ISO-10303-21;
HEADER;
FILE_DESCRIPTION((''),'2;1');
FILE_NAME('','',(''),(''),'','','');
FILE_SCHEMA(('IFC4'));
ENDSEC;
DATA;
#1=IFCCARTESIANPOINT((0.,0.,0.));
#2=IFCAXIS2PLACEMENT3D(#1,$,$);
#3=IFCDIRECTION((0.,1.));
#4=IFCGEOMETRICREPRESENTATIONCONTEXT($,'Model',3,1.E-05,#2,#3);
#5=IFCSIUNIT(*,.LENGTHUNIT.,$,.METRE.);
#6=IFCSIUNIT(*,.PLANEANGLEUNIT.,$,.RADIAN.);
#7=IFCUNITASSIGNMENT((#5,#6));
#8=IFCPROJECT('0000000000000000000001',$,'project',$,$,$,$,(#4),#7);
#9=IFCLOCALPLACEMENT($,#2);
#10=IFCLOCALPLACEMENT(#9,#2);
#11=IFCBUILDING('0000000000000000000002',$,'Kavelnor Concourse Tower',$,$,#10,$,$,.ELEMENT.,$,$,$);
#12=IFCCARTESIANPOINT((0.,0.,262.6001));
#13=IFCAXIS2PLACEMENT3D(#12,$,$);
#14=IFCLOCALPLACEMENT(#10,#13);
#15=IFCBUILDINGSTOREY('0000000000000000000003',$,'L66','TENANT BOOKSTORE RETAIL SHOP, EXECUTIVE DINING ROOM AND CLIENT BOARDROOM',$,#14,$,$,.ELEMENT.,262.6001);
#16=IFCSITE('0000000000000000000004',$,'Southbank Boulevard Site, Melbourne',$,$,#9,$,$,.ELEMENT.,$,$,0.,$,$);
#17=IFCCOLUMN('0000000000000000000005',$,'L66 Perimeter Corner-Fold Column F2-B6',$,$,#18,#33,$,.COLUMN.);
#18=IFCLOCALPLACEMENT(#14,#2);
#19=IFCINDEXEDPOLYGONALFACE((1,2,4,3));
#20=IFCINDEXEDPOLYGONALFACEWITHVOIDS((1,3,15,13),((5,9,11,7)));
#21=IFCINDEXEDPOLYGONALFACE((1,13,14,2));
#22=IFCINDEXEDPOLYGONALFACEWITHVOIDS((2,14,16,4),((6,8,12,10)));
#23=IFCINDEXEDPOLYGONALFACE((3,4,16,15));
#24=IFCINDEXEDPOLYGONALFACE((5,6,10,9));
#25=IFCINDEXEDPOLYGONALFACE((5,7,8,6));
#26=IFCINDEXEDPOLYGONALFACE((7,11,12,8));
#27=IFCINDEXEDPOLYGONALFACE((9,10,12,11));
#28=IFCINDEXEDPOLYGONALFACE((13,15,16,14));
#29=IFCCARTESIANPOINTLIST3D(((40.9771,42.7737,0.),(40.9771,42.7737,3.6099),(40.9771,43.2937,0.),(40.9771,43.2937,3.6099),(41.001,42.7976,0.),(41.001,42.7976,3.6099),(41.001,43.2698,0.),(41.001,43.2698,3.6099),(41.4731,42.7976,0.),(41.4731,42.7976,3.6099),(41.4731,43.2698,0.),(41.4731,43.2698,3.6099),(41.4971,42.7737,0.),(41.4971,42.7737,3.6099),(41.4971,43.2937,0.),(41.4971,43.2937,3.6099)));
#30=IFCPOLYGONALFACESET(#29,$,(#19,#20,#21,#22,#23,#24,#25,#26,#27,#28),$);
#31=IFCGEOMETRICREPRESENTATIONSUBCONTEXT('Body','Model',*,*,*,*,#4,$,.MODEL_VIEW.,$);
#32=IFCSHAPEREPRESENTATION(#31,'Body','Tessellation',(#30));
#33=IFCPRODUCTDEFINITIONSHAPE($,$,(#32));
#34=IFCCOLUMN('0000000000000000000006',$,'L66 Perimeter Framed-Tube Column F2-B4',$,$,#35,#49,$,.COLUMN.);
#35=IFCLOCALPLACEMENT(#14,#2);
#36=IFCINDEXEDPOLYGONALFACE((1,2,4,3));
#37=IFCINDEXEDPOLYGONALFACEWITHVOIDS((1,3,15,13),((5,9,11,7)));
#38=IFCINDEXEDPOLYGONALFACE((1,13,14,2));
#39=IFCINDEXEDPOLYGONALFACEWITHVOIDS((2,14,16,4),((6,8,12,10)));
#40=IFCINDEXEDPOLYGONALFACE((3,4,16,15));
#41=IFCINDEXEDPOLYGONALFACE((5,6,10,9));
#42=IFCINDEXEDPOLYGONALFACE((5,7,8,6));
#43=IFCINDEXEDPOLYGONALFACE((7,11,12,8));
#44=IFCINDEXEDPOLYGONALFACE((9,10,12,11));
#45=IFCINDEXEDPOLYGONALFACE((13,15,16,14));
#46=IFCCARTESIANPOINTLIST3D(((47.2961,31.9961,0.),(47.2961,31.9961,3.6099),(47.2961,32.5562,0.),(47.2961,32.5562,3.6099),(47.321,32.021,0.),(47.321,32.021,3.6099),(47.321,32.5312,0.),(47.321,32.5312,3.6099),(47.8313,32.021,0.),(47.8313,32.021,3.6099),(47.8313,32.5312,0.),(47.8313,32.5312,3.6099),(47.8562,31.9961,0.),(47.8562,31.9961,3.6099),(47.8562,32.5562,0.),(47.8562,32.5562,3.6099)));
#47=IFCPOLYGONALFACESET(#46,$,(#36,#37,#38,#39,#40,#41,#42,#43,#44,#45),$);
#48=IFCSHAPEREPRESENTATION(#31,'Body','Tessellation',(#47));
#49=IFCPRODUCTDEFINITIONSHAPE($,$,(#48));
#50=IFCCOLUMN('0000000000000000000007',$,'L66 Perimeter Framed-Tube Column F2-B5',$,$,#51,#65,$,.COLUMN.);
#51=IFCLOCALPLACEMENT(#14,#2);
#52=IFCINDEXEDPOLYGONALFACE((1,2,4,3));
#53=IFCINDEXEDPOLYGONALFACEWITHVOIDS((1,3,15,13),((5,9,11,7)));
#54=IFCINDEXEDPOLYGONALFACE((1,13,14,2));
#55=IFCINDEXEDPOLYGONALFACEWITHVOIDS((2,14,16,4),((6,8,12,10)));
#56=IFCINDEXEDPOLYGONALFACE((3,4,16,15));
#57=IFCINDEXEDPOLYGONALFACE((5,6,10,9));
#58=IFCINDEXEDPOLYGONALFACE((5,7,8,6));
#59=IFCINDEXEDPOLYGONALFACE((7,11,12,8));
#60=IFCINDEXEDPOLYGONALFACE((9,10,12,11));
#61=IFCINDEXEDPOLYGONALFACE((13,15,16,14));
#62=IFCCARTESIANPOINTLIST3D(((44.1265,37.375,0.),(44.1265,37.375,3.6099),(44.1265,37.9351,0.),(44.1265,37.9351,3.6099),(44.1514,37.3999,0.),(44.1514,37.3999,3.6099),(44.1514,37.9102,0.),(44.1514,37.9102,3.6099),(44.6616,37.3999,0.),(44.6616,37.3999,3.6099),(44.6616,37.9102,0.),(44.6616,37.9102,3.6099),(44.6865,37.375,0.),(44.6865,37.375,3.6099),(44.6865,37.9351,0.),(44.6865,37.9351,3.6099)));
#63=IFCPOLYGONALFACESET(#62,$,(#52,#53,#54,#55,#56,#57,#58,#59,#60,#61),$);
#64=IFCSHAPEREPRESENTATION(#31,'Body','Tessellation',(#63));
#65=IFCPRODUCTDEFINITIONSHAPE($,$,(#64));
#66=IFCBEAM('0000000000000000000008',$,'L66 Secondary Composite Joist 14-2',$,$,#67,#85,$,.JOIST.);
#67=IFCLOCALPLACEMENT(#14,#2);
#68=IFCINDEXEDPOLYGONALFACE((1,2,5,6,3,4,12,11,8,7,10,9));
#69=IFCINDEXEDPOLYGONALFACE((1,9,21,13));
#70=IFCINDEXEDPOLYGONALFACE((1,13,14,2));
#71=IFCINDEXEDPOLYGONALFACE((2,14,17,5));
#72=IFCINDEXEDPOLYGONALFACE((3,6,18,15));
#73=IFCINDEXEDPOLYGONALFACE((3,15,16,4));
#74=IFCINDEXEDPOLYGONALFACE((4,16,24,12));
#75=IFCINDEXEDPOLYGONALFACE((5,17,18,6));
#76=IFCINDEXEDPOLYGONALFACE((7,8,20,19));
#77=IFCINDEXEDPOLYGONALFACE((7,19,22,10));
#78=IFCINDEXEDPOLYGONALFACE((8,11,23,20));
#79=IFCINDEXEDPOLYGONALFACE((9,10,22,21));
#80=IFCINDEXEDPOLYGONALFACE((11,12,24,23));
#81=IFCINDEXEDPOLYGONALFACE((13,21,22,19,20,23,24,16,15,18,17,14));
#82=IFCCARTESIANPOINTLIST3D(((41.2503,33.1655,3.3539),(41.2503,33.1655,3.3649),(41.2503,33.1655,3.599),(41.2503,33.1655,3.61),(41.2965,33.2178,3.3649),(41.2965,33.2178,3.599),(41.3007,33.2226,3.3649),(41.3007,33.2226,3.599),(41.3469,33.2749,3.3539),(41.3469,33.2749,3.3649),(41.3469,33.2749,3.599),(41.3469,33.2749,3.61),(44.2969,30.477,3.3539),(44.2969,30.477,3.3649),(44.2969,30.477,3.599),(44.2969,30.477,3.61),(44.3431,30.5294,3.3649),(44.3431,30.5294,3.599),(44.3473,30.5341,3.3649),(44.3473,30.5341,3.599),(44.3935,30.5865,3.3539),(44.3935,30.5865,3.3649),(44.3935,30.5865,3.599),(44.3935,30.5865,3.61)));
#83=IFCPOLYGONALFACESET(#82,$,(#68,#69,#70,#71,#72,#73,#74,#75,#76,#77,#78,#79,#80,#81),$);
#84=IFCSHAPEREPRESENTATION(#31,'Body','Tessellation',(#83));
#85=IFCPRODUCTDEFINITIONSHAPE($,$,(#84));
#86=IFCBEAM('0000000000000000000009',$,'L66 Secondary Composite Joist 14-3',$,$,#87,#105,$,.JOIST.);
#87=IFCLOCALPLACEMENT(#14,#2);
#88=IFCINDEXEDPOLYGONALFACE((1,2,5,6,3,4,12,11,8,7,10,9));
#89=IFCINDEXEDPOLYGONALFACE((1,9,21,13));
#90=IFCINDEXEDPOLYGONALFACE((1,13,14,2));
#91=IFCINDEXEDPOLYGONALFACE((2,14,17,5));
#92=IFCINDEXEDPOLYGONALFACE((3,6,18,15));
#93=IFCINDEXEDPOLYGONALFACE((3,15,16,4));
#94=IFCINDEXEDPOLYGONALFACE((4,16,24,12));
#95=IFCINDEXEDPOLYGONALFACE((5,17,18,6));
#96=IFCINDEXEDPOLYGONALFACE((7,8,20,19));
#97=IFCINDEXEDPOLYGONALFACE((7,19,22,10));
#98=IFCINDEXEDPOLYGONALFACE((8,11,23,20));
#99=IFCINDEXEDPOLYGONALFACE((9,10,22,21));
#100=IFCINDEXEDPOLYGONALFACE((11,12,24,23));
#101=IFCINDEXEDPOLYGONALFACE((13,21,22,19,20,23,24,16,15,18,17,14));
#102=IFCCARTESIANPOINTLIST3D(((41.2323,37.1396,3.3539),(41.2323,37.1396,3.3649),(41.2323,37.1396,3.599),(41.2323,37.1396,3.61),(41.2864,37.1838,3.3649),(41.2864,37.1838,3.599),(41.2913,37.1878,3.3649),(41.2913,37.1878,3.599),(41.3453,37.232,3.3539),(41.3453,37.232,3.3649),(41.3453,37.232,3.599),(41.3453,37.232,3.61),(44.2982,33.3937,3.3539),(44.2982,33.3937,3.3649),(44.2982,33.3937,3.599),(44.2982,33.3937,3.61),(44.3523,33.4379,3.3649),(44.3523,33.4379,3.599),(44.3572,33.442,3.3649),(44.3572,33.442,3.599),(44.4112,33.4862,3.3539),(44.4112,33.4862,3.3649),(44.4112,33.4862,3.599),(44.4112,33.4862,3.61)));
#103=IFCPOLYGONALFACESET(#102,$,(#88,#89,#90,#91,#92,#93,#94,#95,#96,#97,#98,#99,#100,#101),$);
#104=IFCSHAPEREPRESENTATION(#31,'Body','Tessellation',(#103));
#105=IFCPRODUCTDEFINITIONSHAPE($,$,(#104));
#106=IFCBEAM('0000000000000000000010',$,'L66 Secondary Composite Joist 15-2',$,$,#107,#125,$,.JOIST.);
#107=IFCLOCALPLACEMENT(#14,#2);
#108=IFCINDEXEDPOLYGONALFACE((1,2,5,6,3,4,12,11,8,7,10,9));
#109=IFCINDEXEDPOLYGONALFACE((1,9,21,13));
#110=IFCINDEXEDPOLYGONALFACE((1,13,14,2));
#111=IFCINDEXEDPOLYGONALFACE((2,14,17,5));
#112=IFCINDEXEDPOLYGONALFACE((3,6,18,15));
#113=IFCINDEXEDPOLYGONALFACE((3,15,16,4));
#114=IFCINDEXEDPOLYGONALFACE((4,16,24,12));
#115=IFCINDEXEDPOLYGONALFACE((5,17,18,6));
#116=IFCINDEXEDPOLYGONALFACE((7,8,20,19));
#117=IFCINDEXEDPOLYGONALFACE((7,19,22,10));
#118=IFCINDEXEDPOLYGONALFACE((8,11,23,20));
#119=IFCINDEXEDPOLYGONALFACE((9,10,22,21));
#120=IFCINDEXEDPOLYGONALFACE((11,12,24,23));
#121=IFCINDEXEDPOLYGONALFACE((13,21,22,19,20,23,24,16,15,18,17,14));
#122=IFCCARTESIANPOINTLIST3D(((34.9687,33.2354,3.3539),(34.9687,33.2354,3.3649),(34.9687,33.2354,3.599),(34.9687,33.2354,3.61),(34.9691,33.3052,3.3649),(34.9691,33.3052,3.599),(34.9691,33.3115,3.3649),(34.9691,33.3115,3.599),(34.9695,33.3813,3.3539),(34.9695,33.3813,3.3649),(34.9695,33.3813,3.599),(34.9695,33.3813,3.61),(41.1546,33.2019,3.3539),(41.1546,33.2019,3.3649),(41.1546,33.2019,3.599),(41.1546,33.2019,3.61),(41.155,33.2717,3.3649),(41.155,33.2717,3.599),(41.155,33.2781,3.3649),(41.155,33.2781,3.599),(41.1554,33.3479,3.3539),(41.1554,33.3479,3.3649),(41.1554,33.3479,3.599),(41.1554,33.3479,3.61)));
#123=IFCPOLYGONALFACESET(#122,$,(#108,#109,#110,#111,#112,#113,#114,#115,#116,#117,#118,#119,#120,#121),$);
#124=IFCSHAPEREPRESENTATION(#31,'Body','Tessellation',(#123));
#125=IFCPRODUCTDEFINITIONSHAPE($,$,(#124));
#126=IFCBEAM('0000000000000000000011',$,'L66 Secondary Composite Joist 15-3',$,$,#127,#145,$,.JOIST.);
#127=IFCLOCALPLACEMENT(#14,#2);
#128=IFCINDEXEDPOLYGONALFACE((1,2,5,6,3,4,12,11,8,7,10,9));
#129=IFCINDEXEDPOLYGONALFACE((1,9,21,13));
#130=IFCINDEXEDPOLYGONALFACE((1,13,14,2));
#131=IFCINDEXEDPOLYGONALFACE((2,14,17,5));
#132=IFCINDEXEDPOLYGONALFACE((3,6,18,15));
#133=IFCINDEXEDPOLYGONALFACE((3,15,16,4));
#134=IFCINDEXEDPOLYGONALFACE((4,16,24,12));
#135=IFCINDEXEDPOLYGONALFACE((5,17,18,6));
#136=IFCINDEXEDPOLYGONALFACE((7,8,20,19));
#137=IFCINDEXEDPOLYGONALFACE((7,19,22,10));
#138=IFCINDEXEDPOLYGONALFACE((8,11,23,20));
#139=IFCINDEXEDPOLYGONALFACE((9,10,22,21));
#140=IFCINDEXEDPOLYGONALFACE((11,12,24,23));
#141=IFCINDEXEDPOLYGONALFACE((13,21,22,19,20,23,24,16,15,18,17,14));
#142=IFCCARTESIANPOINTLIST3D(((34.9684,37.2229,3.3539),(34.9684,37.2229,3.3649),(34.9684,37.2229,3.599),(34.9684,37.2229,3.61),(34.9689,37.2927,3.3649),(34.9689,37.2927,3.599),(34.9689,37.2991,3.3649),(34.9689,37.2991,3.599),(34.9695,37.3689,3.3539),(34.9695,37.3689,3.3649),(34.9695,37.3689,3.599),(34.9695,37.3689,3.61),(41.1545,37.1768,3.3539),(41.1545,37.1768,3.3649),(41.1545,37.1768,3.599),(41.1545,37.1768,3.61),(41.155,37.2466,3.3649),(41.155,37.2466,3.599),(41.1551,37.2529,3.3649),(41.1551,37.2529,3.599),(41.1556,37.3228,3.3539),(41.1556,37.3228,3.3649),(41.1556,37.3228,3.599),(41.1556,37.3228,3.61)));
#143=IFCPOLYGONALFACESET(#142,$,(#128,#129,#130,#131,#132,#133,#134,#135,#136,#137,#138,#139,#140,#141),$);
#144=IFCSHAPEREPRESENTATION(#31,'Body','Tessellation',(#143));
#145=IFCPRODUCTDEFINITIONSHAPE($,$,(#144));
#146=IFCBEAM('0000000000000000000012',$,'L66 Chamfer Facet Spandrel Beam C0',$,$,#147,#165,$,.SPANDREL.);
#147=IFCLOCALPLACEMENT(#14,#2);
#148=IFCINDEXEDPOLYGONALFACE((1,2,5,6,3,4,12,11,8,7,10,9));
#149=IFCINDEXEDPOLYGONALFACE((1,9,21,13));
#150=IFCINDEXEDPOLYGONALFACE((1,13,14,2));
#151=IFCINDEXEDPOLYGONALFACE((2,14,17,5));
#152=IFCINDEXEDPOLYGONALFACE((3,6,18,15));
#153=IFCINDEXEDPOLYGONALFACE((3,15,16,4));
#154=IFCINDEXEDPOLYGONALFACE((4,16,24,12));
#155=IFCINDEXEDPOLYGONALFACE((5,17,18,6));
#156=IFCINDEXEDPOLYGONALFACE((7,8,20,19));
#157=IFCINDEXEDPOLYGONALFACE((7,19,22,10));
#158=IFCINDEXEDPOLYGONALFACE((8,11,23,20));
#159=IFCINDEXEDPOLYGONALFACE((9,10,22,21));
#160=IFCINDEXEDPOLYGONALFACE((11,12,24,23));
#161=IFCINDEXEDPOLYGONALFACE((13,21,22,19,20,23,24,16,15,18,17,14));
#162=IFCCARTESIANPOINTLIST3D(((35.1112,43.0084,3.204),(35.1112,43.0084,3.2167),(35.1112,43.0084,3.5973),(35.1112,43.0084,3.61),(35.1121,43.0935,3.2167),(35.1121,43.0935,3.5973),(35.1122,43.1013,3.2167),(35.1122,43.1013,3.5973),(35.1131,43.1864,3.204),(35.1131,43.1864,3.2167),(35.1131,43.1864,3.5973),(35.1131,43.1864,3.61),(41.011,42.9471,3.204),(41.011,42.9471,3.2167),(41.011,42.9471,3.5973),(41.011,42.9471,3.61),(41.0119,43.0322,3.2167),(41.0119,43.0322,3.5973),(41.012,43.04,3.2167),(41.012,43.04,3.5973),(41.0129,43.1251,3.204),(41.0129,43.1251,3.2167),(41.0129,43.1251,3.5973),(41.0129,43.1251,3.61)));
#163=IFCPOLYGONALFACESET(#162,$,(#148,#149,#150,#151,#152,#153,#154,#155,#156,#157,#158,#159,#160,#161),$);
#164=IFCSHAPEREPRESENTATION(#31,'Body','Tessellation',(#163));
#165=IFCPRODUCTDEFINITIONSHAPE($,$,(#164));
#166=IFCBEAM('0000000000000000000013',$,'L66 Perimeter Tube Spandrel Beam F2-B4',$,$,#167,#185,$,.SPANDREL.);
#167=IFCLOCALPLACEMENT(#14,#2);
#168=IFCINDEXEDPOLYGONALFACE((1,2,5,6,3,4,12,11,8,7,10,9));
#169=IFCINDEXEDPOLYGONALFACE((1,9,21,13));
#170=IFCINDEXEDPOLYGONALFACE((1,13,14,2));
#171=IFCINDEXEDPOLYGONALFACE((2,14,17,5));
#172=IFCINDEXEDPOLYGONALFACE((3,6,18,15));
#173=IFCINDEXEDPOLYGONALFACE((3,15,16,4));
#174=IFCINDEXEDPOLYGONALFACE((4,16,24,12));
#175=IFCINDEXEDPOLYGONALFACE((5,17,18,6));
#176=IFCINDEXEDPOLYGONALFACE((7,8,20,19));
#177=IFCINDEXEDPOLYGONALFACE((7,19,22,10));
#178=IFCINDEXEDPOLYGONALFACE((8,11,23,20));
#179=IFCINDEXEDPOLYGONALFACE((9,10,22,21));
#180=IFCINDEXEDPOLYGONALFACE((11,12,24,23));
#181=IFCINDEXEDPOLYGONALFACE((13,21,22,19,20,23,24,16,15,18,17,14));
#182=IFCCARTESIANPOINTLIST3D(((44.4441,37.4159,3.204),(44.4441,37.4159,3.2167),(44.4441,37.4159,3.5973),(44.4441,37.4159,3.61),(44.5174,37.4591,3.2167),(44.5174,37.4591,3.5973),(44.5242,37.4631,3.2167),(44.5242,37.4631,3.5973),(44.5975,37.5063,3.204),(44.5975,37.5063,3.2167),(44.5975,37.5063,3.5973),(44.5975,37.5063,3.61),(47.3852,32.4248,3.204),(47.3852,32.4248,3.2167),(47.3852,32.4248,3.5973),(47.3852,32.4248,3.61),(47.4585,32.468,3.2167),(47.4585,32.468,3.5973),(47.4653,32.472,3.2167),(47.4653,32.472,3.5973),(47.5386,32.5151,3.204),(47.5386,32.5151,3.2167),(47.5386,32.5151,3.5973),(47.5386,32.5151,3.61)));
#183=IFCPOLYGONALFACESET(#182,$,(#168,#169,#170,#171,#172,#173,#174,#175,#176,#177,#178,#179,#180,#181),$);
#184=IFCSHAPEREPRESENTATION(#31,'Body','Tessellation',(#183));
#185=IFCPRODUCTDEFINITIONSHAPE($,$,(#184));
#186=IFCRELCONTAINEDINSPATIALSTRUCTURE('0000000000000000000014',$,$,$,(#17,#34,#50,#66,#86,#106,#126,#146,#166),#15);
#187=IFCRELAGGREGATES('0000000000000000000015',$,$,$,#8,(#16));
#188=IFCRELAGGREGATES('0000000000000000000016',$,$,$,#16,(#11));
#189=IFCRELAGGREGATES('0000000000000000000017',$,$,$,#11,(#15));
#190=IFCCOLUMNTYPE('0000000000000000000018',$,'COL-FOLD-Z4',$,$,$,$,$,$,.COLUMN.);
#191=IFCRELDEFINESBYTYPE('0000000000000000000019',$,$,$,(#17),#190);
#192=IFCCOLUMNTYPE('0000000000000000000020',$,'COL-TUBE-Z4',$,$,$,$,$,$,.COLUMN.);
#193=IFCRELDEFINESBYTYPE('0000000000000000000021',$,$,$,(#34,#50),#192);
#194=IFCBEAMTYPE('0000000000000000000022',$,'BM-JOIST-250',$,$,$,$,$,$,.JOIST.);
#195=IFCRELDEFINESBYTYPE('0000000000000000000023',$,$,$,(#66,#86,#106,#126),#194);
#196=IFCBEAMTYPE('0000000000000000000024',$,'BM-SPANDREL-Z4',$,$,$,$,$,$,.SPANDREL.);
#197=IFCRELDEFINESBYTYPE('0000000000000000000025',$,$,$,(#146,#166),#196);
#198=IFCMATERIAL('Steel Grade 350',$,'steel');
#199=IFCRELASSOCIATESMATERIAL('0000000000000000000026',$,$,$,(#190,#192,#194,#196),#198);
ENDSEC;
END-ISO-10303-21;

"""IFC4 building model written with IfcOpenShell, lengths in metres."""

from ifc_helpers import new_model, si_unit, direction, frame, origin, origin_2d, place, context, subcontext, project, spatial, hollow_rectangle, i_section, extrude, material, material_profile, profile_set, type_object, element, save


model = new_model("IFC4")

# Units and contexts
model_context = context("Model", 3, precision=1e-05, world=origin(), true_north=direction((0.0, 1.0)))
body_context = subcontext(model_context, "Body", "Model", "MODEL_VIEW")
ifc_project = project(units=[si_unit("LENGTHUNIT", "METRE"), si_unit("PLANEANGLEUNIT", "RADIAN")], contexts=[model_context])

# Site, building, storey
site_placement = place(None, origin())
site = spatial("IfcSite", under=ifc_project, at=site_placement, Name="Southbank Boulevard Site, Melbourne", CompositionType="ELEMENT", RefElevation=0.0)
building_placement = place(site_placement, origin())
building = spatial("IfcBuilding", under=site, at=building_placement, Name="Kavelnor Concourse Tower", CompositionType="ELEMENT")
storey_placement = place(building_placement, frame((0.0, 0.0, 262.6001)))
storey = spatial("IfcBuildingStorey", under=building, at=storey_placement, Name="L66", Description="TENANT BOOKSTORE RETAIL SHOP, EXECUTIVE DINING ROOM AND CLIENT BOARDROOM", CompositionType="ELEMENT", Elevation=262.6001)

# Columns
ifc_material_1 = material(Name="Steel Grade 350", Category="steel")
ifc_material_profile_1 = material_profile(ifc_material_1, hollow_rectangle(XDim=0.52, YDim=0.52, WallThickness=0.0239, at=origin_2d()), Name="SHS 520x520x24")
ifc_profile_set_1 = profile_set([ifc_material_profile_1], Name="Steel Grade 350")
column_type_1 = type_object("IfcColumnType", Name="COL-FOLD-Z4", PredefinedType="COLUMN", material=ifc_profile_set_1)
column_placement = place(storey_placement, frame((41.2371, 43.0337, 0.0), z_axis=(0.0, 0.0, 1.0), x_axis=(1.0, 0.0, 0.0)))
element("IfcColumn", 1, at=column_placement, inside=storey, type_object=column_type_1, Name="L66 Perimeter Corner-Fold Column F2-B6", PredefinedType="COLUMN", context=body_context, shape_type="SweptSolid", body=[
    extrude(hollow_rectangle(XDim=0.52, YDim=0.52, WallThickness=0.0239, at=origin_2d()), origin(), (0.0, 0.0, 1.0), 3.6099),
])
ifc_material_profile_2 = material_profile(ifc_material_1, hollow_rectangle(XDim=0.5601, YDim=0.5601, WallThickness=0.0249, at=origin_2d()), Name="SHS 560x560x25")
ifc_profile_set_2 = profile_set([ifc_material_profile_2], Name="Steel Grade 350")
column_type_2 = type_object("IfcColumnType", Name="COL-TUBE-Z4", PredefinedType="COLUMN", material=ifc_profile_set_2)
for number, where, z_axis, x_axis, name in (
    (2, (47.5762, 32.2761, 0.0), (0.0, 0.0, 1.0), (1.0, 0.0, 0.0), "L66 Perimeter Framed-Tube Column F2-B4"),
    (3, (44.4065, 37.655, 0.0), (0.0, 0.0, 1.0), (1.0, 0.0, 0.0), "L66 Perimeter Framed-Tube Column F2-B5"),
):
    element("IfcColumn", number, at=place(storey_placement, frame(where, z_axis=z_axis, x_axis=x_axis)), inside=storey, type_object=column_type_2, Name=name, PredefinedType="COLUMN", context=body_context, shape_type="SweptSolid", body=[
        extrude(hollow_rectangle(XDim=0.5601, YDim=0.5601, WallThickness=0.0249, at=origin_2d()), origin(), (0.0, 0.0, 1.0), 3.6099),
    ])

# Beams
ifc_material_profile_3 = material_profile(ifc_material_1, i_section(OverallWidth=0.146, OverallDepth=0.2561, WebThickness=0.0063, FlangeThickness=0.011, at=origin_2d()), Name="250UB37")
ifc_profile_set_3 = profile_set([ifc_material_profile_3], Name="Steel Grade 350")
beam_type_1 = type_object("IfcBeamType", Name="BM-JOIST-250", PredefinedType="JOIST", material=ifc_profile_set_3)
beam_1_placement = place(storey_placement, frame((44.3452, 30.5317, 3.4819), z_axis=(-0.749805, 0.661659, 0.0), x_axis=(-0.661659, -0.749805, 0.0)))
element("IfcBeam", 4, at=beam_1_placement, inside=storey, type_object=beam_type_1, Name="L66 Secondary Composite Joist 14-2", PredefinedType="JOIST", context=body_context, shape_type="SweptSolid", body=[
    extrude(i_section(OverallWidth=0.146, OverallDepth=0.2561, WebThickness=0.0063, FlangeThickness=0.011, at=origin_2d()), origin(), (0.0, 0.0, 1.0), 4.0632),
])
beam_2_placement = place(storey_placement, frame((44.3547, 33.4399, 3.4819), z_axis=(-0.633378, 0.773843, 0.0), x_axis=(-0.773843, -0.633378, 0.0)))
element("IfcBeam", 5, at=beam_2_placement, inside=storey, type_object=beam_type_1, Name="L66 Secondary Composite Joist 14-3", PredefinedType="JOIST", context=body_context, shape_type="SweptSolid", body=[
    extrude(i_section(OverallWidth=0.146, OverallDepth=0.2561, WebThickness=0.0063, FlangeThickness=0.011, at=origin_2d()), origin(), (0.0, 0.0, 1.0), 4.8406),
])
beam_3_placement = place(storey_placement, frame((41.155, 33.2749, 3.4819), z_axis=(-0.999985, 0.005407, 0.0), x_axis=(-0.005407, -0.999985, 0.0)))
element("IfcBeam", 6, at=beam_3_placement, inside=storey, type_object=beam_type_1, Name="L66 Secondary Composite Joist 15-2", PredefinedType="JOIST", context=body_context, shape_type="SweptSolid", body=[
    extrude(i_section(OverallWidth=0.146, OverallDepth=0.2561, WebThickness=0.0063, FlangeThickness=0.011, at=origin_2d()), origin(), (0.0, 0.0, 1.0), 6.186),
])
beam_4_placement = place(storey_placement, frame((41.155, 37.2498, 3.4819), z_axis=(-0.999972, 0.007459, 0.0), x_axis=(-0.007459, -0.999972, 0.0)))
element("IfcBeam", 7, at=beam_4_placement, inside=storey, type_object=beam_type_1, Name="L66 Secondary Composite Joist 15-3", PredefinedType="JOIST", context=body_context, shape_type="SweptSolid", body=[
    extrude(i_section(OverallWidth=0.146, OverallDepth=0.2561, WebThickness=0.0063, FlangeThickness=0.011, at=origin_2d()), origin(), (0.0, 0.0, 1.0), 6.1863),
])
ifc_material_profile_4 = material_profile(ifc_material_1, i_section(OverallWidth=0.178, OverallDepth=0.406, WebThickness=0.0078, FlangeThickness=0.0127, at=origin_2d()), Name="410UB59")
ifc_profile_set_4 = profile_set([ifc_material_profile_4], Name="Steel Grade 350")
beam_type_2 = type_object("IfcBeamType", Name="BM-SPANDREL-Z4", PredefinedType="SPANDREL", material=ifc_profile_set_4)
beam_5_placement = place(storey_placement, frame((41.012, 43.0361, 3.407), z_axis=(-0.999946, 0.010386, 0.0), x_axis=(-0.010386, -0.999946, 0.0)))
element("IfcBeam", 8, at=beam_5_placement, inside=storey, type_object=beam_type_2, Name="L66 Chamfer Facet Spandrel Beam C0", PredefinedType="SPANDREL", context=body_context, shape_type="SweptSolid", body=[
    extrude(i_section(OverallWidth=0.178, OverallDepth=0.406, WebThickness=0.0078, FlangeThickness=0.0127, at=origin_2d()), origin(), (0.0, 0.0, 1.0), 5.9001),
])
for number, where, z_axis, x_axis, name in (
    (9, (47.4619, 32.47, 3.407), (-0.507681, 0.861545, 0.0), (-0.861545, -0.507681, 0.0), "L66 Perimeter Tube Spandrel Beam F2-B4"),
):
    element("IfcBeam", number, at=place(storey_placement, frame(where, z_axis=z_axis, x_axis=x_axis)), inside=storey, type_object=beam_type_2, Name=name, PredefinedType="SPANDREL", context=body_context, shape_type="SweptSolid", body=[
        extrude(i_section(OverallWidth=0.178, OverallDepth=0.406, WebThickness=0.0078, FlangeThickness=0.0127, at=origin_2d()), origin(), (0.0, 0.0, 1.0), 5.7932),
    ])

save(model, "model.ifc")
